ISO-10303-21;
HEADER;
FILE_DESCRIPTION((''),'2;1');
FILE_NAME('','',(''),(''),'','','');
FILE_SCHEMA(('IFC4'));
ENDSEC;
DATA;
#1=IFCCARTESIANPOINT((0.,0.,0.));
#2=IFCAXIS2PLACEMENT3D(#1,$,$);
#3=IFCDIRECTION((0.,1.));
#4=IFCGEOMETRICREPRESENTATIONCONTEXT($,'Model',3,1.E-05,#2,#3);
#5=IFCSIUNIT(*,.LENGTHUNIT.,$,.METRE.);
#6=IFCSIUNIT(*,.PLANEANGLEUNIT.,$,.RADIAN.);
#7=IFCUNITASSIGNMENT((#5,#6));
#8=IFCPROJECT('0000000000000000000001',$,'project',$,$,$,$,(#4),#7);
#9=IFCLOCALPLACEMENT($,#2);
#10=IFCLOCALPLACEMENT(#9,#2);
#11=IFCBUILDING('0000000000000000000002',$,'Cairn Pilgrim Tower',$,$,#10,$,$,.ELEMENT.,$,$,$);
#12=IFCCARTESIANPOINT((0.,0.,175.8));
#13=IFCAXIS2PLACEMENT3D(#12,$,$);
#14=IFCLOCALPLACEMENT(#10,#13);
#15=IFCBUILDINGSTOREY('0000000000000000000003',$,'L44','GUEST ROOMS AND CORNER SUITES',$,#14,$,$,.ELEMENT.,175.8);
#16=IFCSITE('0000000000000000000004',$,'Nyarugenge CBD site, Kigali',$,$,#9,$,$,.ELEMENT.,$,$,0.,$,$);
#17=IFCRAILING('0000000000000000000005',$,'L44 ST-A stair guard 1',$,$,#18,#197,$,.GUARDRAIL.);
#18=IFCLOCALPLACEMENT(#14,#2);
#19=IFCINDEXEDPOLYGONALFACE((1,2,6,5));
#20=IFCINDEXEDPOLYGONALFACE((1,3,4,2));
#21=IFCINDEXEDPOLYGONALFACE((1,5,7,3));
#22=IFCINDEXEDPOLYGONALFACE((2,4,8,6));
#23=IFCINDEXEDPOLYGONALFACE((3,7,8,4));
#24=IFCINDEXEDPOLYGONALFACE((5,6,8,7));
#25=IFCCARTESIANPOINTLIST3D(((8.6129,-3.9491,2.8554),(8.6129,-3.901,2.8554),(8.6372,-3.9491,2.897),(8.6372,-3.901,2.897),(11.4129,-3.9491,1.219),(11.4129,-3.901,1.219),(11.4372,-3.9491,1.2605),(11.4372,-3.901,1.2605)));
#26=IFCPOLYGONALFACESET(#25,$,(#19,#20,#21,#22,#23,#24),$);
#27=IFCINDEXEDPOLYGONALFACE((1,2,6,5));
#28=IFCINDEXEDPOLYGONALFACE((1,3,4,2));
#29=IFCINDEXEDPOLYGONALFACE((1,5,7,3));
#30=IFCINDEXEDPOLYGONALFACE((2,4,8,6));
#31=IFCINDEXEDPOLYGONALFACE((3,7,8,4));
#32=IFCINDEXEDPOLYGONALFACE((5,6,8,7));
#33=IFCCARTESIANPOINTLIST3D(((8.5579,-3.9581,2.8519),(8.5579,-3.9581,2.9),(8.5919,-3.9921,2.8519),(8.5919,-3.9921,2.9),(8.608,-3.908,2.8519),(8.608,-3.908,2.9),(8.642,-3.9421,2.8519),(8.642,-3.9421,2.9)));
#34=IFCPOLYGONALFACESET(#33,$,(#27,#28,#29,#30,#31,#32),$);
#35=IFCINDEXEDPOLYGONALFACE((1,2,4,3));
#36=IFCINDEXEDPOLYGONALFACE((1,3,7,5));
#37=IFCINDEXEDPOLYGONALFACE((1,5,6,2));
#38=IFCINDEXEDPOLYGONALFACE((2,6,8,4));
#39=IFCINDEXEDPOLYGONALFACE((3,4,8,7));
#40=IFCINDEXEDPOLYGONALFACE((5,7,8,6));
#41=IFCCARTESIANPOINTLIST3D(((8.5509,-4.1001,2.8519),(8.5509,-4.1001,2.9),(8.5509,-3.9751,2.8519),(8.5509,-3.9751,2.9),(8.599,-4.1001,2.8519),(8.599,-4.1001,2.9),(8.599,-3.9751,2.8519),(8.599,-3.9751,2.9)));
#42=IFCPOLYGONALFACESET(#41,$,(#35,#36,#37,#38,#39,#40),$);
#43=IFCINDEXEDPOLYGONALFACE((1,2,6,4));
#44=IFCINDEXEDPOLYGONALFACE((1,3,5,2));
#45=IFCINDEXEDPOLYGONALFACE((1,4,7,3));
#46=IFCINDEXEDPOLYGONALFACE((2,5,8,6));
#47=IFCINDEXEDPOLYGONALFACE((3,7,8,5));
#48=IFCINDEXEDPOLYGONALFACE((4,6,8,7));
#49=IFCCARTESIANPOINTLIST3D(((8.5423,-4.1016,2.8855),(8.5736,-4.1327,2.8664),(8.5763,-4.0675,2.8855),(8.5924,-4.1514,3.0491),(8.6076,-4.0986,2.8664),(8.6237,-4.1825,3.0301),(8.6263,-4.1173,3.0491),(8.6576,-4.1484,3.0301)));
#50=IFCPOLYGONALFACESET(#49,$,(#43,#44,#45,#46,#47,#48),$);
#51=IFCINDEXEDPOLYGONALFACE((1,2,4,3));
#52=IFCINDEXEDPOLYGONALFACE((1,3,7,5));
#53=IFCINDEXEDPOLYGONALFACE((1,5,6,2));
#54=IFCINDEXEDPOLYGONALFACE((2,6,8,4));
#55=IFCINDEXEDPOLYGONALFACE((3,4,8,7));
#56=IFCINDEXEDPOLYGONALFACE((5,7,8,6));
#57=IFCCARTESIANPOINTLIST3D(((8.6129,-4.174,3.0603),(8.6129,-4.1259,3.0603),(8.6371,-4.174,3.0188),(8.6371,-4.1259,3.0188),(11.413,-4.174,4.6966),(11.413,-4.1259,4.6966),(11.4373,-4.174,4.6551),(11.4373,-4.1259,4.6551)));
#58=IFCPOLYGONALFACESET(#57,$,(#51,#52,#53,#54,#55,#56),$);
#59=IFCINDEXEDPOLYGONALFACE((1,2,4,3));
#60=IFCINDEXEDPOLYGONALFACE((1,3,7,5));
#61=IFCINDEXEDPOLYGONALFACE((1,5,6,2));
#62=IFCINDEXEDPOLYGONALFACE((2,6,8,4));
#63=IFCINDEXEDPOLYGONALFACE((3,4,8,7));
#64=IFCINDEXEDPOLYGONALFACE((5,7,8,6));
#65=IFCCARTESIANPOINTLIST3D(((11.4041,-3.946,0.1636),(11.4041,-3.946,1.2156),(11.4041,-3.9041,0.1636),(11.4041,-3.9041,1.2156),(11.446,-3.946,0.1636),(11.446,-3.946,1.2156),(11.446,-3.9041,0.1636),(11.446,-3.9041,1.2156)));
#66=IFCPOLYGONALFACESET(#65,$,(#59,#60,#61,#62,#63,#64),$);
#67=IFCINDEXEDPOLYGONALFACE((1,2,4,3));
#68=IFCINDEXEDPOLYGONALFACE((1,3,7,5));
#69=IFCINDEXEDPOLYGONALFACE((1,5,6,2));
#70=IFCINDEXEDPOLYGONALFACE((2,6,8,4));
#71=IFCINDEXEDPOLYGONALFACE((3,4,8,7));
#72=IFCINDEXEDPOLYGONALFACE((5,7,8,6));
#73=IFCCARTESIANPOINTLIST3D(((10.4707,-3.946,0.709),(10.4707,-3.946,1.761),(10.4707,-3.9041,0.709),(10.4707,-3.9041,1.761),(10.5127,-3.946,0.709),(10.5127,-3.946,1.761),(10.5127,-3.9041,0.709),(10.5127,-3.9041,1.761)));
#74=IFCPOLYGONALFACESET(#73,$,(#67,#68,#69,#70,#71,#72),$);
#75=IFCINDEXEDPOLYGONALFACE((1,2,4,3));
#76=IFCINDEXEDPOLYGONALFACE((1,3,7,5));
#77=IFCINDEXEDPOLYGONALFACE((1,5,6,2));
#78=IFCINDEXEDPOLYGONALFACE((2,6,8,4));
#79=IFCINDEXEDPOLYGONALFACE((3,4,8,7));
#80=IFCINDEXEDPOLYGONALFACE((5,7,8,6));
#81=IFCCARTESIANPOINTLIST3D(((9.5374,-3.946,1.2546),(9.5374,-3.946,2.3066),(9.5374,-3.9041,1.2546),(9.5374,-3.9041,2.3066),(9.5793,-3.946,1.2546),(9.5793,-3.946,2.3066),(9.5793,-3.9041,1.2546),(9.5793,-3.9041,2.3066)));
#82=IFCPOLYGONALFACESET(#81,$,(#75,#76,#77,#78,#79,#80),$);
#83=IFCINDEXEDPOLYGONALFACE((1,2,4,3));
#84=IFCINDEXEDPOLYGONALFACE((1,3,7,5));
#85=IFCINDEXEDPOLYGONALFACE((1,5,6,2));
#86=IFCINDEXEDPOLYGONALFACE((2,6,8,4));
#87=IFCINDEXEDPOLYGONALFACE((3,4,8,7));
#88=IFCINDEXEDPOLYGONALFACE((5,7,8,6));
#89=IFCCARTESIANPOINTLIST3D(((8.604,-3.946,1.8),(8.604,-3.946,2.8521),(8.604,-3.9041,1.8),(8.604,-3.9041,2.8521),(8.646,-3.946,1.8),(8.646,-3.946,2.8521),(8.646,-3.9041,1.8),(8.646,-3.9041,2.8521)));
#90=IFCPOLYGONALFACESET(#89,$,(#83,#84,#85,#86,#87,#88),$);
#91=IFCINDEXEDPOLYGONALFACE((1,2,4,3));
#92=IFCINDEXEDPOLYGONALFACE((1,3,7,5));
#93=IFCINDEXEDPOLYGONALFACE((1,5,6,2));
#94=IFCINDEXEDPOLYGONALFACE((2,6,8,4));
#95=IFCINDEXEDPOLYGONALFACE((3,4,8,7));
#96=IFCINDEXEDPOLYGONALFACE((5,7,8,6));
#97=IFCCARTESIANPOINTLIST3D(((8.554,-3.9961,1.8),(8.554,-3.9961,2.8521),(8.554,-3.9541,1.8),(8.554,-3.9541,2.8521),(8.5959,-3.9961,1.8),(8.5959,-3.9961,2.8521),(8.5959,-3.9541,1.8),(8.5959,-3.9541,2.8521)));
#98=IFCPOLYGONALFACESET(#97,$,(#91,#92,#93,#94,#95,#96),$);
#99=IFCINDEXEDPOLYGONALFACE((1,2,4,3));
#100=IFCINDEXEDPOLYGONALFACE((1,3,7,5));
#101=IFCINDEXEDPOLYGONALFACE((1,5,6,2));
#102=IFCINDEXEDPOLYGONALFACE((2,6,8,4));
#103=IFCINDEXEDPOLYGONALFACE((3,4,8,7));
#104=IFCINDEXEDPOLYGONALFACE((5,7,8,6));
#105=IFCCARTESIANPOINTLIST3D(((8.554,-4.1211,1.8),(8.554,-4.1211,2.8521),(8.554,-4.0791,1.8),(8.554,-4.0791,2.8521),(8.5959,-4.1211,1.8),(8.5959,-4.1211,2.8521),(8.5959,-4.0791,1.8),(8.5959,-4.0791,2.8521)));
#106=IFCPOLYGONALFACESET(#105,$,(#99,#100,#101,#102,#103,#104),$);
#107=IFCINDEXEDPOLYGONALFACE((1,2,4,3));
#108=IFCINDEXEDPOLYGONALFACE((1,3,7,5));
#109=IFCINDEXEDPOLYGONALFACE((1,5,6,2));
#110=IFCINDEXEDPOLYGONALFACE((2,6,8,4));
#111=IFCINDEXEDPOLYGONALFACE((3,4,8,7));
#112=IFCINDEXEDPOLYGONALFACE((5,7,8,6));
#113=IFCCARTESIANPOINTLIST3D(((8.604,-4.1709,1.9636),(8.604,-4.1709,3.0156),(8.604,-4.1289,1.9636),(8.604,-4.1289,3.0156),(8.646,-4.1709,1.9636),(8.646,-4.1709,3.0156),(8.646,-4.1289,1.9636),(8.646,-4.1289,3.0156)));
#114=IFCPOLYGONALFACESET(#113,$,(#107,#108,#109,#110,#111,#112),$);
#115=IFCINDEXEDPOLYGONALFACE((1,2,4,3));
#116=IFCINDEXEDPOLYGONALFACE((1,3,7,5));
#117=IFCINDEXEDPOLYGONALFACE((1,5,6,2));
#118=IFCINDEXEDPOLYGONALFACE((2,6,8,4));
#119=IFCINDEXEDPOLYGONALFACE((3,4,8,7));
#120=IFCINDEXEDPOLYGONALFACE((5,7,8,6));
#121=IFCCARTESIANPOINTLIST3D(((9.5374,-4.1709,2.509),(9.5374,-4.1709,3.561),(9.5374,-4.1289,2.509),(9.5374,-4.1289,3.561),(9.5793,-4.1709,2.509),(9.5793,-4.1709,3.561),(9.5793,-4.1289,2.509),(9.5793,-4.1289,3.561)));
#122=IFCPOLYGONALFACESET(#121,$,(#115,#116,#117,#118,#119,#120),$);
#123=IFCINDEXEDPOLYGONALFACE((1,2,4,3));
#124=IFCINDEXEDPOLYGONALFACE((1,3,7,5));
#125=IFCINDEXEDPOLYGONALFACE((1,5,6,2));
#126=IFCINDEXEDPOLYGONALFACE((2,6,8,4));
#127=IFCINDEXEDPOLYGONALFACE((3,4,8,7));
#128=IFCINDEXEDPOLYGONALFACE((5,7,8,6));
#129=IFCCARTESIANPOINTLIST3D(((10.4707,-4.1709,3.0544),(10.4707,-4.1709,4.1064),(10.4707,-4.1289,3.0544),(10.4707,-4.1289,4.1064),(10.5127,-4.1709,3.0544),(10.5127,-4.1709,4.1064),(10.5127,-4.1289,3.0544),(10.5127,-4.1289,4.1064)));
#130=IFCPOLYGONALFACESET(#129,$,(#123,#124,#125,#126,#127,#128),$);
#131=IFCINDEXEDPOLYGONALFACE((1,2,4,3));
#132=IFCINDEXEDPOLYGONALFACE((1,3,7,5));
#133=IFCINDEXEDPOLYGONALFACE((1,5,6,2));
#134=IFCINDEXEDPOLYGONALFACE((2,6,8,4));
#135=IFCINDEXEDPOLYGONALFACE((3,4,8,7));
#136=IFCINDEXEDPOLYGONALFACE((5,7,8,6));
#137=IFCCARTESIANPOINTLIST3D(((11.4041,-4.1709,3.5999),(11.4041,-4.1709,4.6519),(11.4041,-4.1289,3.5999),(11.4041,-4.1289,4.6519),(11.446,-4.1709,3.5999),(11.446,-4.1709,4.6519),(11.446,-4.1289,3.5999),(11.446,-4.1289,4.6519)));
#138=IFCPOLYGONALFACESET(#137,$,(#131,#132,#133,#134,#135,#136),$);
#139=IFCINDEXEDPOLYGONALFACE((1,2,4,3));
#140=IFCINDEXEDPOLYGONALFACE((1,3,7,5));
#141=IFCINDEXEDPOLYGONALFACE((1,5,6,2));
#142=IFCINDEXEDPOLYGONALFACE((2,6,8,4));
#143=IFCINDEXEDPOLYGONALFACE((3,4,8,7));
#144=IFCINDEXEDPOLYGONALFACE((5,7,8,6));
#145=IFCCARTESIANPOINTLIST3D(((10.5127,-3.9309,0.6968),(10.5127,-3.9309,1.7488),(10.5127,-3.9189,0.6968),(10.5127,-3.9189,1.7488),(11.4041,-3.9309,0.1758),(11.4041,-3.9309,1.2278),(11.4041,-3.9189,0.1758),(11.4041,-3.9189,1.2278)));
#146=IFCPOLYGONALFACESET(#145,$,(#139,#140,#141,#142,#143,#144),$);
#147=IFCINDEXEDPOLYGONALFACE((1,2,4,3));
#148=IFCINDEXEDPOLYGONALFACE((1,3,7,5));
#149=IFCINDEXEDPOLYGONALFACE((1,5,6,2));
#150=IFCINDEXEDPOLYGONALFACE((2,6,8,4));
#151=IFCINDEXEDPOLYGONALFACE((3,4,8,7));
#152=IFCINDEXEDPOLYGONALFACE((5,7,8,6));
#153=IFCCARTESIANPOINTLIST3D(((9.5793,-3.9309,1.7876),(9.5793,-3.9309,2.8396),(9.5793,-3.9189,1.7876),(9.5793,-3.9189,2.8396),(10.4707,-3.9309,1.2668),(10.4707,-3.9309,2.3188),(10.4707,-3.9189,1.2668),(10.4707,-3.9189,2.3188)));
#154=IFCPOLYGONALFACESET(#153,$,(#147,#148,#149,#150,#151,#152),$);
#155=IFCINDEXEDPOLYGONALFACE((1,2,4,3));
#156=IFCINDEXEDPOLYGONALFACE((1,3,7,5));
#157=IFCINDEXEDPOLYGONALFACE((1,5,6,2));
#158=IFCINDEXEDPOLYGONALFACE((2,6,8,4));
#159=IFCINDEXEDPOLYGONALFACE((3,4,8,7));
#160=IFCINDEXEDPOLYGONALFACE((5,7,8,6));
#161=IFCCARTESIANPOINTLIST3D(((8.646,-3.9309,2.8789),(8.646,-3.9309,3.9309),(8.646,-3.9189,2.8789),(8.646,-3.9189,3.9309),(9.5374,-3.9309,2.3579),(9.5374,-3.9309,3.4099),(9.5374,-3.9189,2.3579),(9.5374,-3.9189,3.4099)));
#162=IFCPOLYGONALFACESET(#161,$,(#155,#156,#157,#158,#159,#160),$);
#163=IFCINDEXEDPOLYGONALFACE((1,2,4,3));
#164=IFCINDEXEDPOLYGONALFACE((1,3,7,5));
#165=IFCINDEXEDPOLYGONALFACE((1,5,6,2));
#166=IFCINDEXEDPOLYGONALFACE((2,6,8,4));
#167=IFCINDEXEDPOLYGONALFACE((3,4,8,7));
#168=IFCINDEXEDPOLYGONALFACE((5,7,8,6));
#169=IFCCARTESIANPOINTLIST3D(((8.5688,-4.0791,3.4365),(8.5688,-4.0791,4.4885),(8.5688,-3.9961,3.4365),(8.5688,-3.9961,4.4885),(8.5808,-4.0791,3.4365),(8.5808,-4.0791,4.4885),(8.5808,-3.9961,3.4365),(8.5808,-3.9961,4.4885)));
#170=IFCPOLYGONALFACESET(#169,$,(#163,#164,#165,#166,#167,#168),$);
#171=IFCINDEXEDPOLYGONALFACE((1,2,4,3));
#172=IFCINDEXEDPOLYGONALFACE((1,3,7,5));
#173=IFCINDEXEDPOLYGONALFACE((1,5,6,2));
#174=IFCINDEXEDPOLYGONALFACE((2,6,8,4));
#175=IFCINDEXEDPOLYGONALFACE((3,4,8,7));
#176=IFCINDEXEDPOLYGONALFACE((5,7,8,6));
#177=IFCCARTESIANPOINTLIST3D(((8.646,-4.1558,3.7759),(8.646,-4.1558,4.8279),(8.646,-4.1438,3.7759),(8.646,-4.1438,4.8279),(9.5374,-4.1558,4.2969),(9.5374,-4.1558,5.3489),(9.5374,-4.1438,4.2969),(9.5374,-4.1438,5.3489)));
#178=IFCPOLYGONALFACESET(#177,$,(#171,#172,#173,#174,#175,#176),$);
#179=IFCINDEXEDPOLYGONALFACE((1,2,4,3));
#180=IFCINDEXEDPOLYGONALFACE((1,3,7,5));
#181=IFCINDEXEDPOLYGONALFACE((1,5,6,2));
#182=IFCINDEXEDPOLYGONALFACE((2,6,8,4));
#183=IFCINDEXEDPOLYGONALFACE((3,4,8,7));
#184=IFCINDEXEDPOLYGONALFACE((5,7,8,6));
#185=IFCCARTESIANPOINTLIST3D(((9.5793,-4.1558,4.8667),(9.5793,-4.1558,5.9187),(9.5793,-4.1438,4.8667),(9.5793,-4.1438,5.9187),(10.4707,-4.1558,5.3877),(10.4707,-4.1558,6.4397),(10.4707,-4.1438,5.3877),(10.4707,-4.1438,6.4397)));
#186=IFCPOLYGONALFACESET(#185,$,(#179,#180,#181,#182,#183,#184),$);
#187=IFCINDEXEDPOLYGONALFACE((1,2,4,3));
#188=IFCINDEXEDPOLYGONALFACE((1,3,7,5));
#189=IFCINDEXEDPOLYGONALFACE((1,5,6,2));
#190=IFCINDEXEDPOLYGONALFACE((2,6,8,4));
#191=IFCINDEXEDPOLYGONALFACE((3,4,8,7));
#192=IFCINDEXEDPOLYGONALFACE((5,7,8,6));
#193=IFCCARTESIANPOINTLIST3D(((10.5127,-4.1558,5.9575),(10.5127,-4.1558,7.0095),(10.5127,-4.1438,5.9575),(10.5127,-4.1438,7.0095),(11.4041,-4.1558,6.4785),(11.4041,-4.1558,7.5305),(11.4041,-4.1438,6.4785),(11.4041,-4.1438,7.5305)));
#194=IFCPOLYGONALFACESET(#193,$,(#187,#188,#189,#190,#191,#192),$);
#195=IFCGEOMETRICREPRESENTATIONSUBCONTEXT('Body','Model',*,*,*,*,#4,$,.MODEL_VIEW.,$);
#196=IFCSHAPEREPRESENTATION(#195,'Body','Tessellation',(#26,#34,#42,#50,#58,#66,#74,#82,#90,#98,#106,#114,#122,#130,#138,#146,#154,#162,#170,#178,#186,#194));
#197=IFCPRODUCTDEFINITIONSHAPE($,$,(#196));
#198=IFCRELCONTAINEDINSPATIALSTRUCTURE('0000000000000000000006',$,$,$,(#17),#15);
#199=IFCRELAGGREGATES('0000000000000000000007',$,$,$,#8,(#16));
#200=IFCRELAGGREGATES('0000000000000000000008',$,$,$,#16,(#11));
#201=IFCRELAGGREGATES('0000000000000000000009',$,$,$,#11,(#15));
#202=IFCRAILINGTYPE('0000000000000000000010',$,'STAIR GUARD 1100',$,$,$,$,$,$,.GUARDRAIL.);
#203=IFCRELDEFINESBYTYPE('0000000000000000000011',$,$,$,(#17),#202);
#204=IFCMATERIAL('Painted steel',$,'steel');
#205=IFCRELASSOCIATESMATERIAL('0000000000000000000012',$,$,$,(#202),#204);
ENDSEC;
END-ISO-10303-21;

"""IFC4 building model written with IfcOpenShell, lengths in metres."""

from ifc_helpers import new_model, si_unit, direction, frame, origin, origin_2d, place, context, subcontext, project, spatial, polyline, rectangle, outline, extrude, material, type_object, element, save


model = new_model("IFC4")

# Units and contexts
model_context = context("Model", 3, precision=1e-05, world=origin(), true_north=direction((0.0, 1.0)))
body_context = subcontext(model_context, "Body", "Model", "MODEL_VIEW")
ifc_project = project(units=[si_unit("LENGTHUNIT", "METRE"), si_unit("PLANEANGLEUNIT", "RADIAN")], contexts=[model_context])

# Site, building, storey
site_placement = place(None, origin())
site = spatial("IfcSite", under=ifc_project, at=site_placement, Name="Nyarugenge CBD site, Kigali", CompositionType="ELEMENT", RefElevation=0.0)
building_placement = place(site_placement, origin())
building = spatial("IfcBuilding", under=site, at=building_placement, Name="Cairn Pilgrim Tower", CompositionType="ELEMENT")
storey_placement = place(building_placement, frame((0.0, 0.0, 175.8)))
storey = spatial("IfcBuildingStorey", under=building, at=storey_placement, Name="L44", Description="GUEST ROOMS AND CORNER SUITES", CompositionType="ELEMENT", Elevation=175.8)

# Railing
ifc_material_1 = material(Name="Painted steel", Category="steel")
railing_type_1 = type_object("IfcRailingType", Name="STAIR GUARD 1100", PredefinedType="GUARDRAIL", material=ifc_material_1)
railing_1_placement = place(storey_placement, frame((11.425, -3.925, 0.1636)))
element("IfcRailing", 1, at=railing_1_placement, inside=storey, type_object=railing_type_1, Name="L44 ST-A stair guard 1", PredefinedType="GUARDRAIL", context=body_context, shape_type="SweptSolid", body=[
    extrude(rectangle(XDim=0.0481, YDim=0.0481, at=origin_2d()), frame((0.0, 0.0, 1.0762), z_axis=(-0.863361, 0.0, 0.504587), x_axis=(0.0, -1.0, 0.0)), (0.0, 0.0, 1.0), 3.2432),
    extrude(rectangle(XDim=0.0481, YDim=0.0481, at=origin_2d()), frame((-2.8, 0.0, 2.7124), z_axis=(-0.707107, -0.707107, 0.0), x_axis=(0.707107, -0.707107, 0.0)), (0.0, 0.0, 1.0), 0.0708),
    extrude(rectangle(XDim=0.0481, YDim=0.0481, at=origin_2d()), frame((-2.8501, -0.05, 2.7124), z_axis=(0.0, -1.0, 0.0), x_axis=(1.0, 0.0, 0.0)), (0.0, 0.0, 1.0), 0.125),
    extrude(rectangle(XDim=0.0481, YDim=0.0481, at=origin_2d()), frame((-2.8501, -0.175, 2.7124), z_axis=(0.280917, -0.279546, 0.918118), x_axis=(0.705376, 0.708834, 0.0)), (0.0, 0.0, 1.0), 0.1782),
    extrude(rectangle(XDim=0.0481, YDim=0.0481, at=origin_2d()), frame((-2.8, -0.2249, 2.876), z_axis=(0.863394, 0.0, 0.504531), x_axis=(0.0, 1.0, 0.0)), (0.0, 0.0, 1.0), 3.2432),
    extrude(rectangle(XDim=0.042, YDim=0.042, at=origin_2d()), origin(), (0.0, 0.0, 1.0), 1.052),
    extrude(rectangle(XDim=0.042, YDim=0.042, at=origin_2d()), frame((-0.9333, 0.0, 0.5454)), (0.0, 0.0, 1.0), 1.052),
    extrude(rectangle(XDim=0.042, YDim=0.042, at=origin_2d()), frame((-1.8667, 0.0, 1.0911)), (0.0, 0.0, 1.0), 1.052),
    extrude(rectangle(XDim=0.042, YDim=0.042, at=origin_2d()), frame((-2.8, 0.0, 1.6365)), (0.0, 0.0, 1.0), 1.052),
    extrude(rectangle(XDim=0.042, YDim=0.042, at=origin_2d()), frame((-2.8501, -0.05, 1.6365)), (0.0, 0.0, 1.0), 1.052),
    extrude(rectangle(XDim=0.042, YDim=0.042, at=origin_2d()), frame((-2.8501, -0.175, 1.6365)), (0.0, 0.0, 1.0), 1.052),
    extrude(rectangle(XDim=0.042, YDim=0.042, at=origin_2d()), frame((-2.8, -0.2249, 1.8)), (0.0, 0.0, 1.0), 1.052),
    extrude(rectangle(XDim=0.042, YDim=0.042, at=origin_2d()), frame((-1.8667, -0.2249, 2.3455)), (0.0, 0.0, 1.0), 1.052),
    extrude(rectangle(XDim=0.042, YDim=0.042, at=origin_2d()), frame((-0.9333, -0.2249, 2.8909)), (0.0, 0.0, 1.0), 1.052),
    extrude(rectangle(XDim=0.042, YDim=0.042, at=origin_2d()), frame((0.0, -0.2249, 3.4363)), (0.0, 0.0, 1.0), 1.052),
    extrude(outline(polyline([(0.021, 0.0122), (0.9124, 0.5332), (0.9124, 1.5852), (0.021, 1.0642), (0.021, 0.0122)])), frame((0.0, -0.0059, 0.0), z_axis=(0.0, 1.0, 0.0), x_axis=(-1.0, 0.0, 0.0)), (0.0, 0.0, 1.0), 0.012),
    extrude(outline(polyline([(0.021, 0.5579), (0.9124, 1.0786), (0.9124, 2.1306), (0.021, 1.6099), (0.021, 0.5579)])), frame((-0.9333, -0.0059, 0.5454), z_axis=(0.0, 1.0, 0.0), x_axis=(-1.0, 0.0, 0.0)), (0.0, 0.0, 1.0), 0.012),
    extrude(outline(polyline([(0.021, 1.1033), (0.9124, 1.6243), (0.9124, 2.6763), (0.021, 2.1553), (0.021, 1.1033)])), frame((-1.8667, -0.0059, 1.0911), z_axis=(0.0, 1.0, 0.0), x_axis=(-1.0, 0.0, 0.0)), (0.0, 0.0, 1.0), 0.012),
    extrude(outline(polyline([(0.021, 1.6365), (0.104, 1.6365), (0.104, 2.6885), (0.021, 2.6885), (0.021, 1.6365)])), frame((-2.8442, -0.05, 1.6365), z_axis=(-1.0, 0.0, 0.0), x_axis=(0.0, -1.0, 0.0)), (0.0, 0.0, 1.0), 0.012),
    extrude(outline(polyline([(0.021, 1.8123), (0.9124, 2.3333), (0.9124, 3.3853), (0.021, 2.8643), (0.021, 1.8123)])), frame((-2.8, -0.2188, 1.8), z_axis=(0.0, -1.0, 0.0), x_axis=(1.0, 0.0, 0.0)), (0.0, 0.0, 1.0), 0.012),
    extrude(outline(polyline([(0.021, 2.3577), (0.9124, 2.8787), (0.9124, 3.9307), (0.021, 3.4097), (0.021, 2.3577)])), frame((-1.8667, -0.2188, 2.3455), z_axis=(0.0, -1.0, 0.0), x_axis=(1.0, 0.0, 0.0)), (0.0, 0.0, 1.0), 0.012),
    extrude(outline(polyline([(0.021, 2.9031), (0.9124, 3.4241), (0.9124, 4.4761), (0.021, 3.9551), (0.021, 2.9031)])), frame((-0.9333, -0.2188, 2.8909), z_axis=(0.0, -1.0, 0.0), x_axis=(1.0, 0.0, 0.0)), (0.0, 0.0, 1.0), 0.012),
])

save(model, "model.ifc")
